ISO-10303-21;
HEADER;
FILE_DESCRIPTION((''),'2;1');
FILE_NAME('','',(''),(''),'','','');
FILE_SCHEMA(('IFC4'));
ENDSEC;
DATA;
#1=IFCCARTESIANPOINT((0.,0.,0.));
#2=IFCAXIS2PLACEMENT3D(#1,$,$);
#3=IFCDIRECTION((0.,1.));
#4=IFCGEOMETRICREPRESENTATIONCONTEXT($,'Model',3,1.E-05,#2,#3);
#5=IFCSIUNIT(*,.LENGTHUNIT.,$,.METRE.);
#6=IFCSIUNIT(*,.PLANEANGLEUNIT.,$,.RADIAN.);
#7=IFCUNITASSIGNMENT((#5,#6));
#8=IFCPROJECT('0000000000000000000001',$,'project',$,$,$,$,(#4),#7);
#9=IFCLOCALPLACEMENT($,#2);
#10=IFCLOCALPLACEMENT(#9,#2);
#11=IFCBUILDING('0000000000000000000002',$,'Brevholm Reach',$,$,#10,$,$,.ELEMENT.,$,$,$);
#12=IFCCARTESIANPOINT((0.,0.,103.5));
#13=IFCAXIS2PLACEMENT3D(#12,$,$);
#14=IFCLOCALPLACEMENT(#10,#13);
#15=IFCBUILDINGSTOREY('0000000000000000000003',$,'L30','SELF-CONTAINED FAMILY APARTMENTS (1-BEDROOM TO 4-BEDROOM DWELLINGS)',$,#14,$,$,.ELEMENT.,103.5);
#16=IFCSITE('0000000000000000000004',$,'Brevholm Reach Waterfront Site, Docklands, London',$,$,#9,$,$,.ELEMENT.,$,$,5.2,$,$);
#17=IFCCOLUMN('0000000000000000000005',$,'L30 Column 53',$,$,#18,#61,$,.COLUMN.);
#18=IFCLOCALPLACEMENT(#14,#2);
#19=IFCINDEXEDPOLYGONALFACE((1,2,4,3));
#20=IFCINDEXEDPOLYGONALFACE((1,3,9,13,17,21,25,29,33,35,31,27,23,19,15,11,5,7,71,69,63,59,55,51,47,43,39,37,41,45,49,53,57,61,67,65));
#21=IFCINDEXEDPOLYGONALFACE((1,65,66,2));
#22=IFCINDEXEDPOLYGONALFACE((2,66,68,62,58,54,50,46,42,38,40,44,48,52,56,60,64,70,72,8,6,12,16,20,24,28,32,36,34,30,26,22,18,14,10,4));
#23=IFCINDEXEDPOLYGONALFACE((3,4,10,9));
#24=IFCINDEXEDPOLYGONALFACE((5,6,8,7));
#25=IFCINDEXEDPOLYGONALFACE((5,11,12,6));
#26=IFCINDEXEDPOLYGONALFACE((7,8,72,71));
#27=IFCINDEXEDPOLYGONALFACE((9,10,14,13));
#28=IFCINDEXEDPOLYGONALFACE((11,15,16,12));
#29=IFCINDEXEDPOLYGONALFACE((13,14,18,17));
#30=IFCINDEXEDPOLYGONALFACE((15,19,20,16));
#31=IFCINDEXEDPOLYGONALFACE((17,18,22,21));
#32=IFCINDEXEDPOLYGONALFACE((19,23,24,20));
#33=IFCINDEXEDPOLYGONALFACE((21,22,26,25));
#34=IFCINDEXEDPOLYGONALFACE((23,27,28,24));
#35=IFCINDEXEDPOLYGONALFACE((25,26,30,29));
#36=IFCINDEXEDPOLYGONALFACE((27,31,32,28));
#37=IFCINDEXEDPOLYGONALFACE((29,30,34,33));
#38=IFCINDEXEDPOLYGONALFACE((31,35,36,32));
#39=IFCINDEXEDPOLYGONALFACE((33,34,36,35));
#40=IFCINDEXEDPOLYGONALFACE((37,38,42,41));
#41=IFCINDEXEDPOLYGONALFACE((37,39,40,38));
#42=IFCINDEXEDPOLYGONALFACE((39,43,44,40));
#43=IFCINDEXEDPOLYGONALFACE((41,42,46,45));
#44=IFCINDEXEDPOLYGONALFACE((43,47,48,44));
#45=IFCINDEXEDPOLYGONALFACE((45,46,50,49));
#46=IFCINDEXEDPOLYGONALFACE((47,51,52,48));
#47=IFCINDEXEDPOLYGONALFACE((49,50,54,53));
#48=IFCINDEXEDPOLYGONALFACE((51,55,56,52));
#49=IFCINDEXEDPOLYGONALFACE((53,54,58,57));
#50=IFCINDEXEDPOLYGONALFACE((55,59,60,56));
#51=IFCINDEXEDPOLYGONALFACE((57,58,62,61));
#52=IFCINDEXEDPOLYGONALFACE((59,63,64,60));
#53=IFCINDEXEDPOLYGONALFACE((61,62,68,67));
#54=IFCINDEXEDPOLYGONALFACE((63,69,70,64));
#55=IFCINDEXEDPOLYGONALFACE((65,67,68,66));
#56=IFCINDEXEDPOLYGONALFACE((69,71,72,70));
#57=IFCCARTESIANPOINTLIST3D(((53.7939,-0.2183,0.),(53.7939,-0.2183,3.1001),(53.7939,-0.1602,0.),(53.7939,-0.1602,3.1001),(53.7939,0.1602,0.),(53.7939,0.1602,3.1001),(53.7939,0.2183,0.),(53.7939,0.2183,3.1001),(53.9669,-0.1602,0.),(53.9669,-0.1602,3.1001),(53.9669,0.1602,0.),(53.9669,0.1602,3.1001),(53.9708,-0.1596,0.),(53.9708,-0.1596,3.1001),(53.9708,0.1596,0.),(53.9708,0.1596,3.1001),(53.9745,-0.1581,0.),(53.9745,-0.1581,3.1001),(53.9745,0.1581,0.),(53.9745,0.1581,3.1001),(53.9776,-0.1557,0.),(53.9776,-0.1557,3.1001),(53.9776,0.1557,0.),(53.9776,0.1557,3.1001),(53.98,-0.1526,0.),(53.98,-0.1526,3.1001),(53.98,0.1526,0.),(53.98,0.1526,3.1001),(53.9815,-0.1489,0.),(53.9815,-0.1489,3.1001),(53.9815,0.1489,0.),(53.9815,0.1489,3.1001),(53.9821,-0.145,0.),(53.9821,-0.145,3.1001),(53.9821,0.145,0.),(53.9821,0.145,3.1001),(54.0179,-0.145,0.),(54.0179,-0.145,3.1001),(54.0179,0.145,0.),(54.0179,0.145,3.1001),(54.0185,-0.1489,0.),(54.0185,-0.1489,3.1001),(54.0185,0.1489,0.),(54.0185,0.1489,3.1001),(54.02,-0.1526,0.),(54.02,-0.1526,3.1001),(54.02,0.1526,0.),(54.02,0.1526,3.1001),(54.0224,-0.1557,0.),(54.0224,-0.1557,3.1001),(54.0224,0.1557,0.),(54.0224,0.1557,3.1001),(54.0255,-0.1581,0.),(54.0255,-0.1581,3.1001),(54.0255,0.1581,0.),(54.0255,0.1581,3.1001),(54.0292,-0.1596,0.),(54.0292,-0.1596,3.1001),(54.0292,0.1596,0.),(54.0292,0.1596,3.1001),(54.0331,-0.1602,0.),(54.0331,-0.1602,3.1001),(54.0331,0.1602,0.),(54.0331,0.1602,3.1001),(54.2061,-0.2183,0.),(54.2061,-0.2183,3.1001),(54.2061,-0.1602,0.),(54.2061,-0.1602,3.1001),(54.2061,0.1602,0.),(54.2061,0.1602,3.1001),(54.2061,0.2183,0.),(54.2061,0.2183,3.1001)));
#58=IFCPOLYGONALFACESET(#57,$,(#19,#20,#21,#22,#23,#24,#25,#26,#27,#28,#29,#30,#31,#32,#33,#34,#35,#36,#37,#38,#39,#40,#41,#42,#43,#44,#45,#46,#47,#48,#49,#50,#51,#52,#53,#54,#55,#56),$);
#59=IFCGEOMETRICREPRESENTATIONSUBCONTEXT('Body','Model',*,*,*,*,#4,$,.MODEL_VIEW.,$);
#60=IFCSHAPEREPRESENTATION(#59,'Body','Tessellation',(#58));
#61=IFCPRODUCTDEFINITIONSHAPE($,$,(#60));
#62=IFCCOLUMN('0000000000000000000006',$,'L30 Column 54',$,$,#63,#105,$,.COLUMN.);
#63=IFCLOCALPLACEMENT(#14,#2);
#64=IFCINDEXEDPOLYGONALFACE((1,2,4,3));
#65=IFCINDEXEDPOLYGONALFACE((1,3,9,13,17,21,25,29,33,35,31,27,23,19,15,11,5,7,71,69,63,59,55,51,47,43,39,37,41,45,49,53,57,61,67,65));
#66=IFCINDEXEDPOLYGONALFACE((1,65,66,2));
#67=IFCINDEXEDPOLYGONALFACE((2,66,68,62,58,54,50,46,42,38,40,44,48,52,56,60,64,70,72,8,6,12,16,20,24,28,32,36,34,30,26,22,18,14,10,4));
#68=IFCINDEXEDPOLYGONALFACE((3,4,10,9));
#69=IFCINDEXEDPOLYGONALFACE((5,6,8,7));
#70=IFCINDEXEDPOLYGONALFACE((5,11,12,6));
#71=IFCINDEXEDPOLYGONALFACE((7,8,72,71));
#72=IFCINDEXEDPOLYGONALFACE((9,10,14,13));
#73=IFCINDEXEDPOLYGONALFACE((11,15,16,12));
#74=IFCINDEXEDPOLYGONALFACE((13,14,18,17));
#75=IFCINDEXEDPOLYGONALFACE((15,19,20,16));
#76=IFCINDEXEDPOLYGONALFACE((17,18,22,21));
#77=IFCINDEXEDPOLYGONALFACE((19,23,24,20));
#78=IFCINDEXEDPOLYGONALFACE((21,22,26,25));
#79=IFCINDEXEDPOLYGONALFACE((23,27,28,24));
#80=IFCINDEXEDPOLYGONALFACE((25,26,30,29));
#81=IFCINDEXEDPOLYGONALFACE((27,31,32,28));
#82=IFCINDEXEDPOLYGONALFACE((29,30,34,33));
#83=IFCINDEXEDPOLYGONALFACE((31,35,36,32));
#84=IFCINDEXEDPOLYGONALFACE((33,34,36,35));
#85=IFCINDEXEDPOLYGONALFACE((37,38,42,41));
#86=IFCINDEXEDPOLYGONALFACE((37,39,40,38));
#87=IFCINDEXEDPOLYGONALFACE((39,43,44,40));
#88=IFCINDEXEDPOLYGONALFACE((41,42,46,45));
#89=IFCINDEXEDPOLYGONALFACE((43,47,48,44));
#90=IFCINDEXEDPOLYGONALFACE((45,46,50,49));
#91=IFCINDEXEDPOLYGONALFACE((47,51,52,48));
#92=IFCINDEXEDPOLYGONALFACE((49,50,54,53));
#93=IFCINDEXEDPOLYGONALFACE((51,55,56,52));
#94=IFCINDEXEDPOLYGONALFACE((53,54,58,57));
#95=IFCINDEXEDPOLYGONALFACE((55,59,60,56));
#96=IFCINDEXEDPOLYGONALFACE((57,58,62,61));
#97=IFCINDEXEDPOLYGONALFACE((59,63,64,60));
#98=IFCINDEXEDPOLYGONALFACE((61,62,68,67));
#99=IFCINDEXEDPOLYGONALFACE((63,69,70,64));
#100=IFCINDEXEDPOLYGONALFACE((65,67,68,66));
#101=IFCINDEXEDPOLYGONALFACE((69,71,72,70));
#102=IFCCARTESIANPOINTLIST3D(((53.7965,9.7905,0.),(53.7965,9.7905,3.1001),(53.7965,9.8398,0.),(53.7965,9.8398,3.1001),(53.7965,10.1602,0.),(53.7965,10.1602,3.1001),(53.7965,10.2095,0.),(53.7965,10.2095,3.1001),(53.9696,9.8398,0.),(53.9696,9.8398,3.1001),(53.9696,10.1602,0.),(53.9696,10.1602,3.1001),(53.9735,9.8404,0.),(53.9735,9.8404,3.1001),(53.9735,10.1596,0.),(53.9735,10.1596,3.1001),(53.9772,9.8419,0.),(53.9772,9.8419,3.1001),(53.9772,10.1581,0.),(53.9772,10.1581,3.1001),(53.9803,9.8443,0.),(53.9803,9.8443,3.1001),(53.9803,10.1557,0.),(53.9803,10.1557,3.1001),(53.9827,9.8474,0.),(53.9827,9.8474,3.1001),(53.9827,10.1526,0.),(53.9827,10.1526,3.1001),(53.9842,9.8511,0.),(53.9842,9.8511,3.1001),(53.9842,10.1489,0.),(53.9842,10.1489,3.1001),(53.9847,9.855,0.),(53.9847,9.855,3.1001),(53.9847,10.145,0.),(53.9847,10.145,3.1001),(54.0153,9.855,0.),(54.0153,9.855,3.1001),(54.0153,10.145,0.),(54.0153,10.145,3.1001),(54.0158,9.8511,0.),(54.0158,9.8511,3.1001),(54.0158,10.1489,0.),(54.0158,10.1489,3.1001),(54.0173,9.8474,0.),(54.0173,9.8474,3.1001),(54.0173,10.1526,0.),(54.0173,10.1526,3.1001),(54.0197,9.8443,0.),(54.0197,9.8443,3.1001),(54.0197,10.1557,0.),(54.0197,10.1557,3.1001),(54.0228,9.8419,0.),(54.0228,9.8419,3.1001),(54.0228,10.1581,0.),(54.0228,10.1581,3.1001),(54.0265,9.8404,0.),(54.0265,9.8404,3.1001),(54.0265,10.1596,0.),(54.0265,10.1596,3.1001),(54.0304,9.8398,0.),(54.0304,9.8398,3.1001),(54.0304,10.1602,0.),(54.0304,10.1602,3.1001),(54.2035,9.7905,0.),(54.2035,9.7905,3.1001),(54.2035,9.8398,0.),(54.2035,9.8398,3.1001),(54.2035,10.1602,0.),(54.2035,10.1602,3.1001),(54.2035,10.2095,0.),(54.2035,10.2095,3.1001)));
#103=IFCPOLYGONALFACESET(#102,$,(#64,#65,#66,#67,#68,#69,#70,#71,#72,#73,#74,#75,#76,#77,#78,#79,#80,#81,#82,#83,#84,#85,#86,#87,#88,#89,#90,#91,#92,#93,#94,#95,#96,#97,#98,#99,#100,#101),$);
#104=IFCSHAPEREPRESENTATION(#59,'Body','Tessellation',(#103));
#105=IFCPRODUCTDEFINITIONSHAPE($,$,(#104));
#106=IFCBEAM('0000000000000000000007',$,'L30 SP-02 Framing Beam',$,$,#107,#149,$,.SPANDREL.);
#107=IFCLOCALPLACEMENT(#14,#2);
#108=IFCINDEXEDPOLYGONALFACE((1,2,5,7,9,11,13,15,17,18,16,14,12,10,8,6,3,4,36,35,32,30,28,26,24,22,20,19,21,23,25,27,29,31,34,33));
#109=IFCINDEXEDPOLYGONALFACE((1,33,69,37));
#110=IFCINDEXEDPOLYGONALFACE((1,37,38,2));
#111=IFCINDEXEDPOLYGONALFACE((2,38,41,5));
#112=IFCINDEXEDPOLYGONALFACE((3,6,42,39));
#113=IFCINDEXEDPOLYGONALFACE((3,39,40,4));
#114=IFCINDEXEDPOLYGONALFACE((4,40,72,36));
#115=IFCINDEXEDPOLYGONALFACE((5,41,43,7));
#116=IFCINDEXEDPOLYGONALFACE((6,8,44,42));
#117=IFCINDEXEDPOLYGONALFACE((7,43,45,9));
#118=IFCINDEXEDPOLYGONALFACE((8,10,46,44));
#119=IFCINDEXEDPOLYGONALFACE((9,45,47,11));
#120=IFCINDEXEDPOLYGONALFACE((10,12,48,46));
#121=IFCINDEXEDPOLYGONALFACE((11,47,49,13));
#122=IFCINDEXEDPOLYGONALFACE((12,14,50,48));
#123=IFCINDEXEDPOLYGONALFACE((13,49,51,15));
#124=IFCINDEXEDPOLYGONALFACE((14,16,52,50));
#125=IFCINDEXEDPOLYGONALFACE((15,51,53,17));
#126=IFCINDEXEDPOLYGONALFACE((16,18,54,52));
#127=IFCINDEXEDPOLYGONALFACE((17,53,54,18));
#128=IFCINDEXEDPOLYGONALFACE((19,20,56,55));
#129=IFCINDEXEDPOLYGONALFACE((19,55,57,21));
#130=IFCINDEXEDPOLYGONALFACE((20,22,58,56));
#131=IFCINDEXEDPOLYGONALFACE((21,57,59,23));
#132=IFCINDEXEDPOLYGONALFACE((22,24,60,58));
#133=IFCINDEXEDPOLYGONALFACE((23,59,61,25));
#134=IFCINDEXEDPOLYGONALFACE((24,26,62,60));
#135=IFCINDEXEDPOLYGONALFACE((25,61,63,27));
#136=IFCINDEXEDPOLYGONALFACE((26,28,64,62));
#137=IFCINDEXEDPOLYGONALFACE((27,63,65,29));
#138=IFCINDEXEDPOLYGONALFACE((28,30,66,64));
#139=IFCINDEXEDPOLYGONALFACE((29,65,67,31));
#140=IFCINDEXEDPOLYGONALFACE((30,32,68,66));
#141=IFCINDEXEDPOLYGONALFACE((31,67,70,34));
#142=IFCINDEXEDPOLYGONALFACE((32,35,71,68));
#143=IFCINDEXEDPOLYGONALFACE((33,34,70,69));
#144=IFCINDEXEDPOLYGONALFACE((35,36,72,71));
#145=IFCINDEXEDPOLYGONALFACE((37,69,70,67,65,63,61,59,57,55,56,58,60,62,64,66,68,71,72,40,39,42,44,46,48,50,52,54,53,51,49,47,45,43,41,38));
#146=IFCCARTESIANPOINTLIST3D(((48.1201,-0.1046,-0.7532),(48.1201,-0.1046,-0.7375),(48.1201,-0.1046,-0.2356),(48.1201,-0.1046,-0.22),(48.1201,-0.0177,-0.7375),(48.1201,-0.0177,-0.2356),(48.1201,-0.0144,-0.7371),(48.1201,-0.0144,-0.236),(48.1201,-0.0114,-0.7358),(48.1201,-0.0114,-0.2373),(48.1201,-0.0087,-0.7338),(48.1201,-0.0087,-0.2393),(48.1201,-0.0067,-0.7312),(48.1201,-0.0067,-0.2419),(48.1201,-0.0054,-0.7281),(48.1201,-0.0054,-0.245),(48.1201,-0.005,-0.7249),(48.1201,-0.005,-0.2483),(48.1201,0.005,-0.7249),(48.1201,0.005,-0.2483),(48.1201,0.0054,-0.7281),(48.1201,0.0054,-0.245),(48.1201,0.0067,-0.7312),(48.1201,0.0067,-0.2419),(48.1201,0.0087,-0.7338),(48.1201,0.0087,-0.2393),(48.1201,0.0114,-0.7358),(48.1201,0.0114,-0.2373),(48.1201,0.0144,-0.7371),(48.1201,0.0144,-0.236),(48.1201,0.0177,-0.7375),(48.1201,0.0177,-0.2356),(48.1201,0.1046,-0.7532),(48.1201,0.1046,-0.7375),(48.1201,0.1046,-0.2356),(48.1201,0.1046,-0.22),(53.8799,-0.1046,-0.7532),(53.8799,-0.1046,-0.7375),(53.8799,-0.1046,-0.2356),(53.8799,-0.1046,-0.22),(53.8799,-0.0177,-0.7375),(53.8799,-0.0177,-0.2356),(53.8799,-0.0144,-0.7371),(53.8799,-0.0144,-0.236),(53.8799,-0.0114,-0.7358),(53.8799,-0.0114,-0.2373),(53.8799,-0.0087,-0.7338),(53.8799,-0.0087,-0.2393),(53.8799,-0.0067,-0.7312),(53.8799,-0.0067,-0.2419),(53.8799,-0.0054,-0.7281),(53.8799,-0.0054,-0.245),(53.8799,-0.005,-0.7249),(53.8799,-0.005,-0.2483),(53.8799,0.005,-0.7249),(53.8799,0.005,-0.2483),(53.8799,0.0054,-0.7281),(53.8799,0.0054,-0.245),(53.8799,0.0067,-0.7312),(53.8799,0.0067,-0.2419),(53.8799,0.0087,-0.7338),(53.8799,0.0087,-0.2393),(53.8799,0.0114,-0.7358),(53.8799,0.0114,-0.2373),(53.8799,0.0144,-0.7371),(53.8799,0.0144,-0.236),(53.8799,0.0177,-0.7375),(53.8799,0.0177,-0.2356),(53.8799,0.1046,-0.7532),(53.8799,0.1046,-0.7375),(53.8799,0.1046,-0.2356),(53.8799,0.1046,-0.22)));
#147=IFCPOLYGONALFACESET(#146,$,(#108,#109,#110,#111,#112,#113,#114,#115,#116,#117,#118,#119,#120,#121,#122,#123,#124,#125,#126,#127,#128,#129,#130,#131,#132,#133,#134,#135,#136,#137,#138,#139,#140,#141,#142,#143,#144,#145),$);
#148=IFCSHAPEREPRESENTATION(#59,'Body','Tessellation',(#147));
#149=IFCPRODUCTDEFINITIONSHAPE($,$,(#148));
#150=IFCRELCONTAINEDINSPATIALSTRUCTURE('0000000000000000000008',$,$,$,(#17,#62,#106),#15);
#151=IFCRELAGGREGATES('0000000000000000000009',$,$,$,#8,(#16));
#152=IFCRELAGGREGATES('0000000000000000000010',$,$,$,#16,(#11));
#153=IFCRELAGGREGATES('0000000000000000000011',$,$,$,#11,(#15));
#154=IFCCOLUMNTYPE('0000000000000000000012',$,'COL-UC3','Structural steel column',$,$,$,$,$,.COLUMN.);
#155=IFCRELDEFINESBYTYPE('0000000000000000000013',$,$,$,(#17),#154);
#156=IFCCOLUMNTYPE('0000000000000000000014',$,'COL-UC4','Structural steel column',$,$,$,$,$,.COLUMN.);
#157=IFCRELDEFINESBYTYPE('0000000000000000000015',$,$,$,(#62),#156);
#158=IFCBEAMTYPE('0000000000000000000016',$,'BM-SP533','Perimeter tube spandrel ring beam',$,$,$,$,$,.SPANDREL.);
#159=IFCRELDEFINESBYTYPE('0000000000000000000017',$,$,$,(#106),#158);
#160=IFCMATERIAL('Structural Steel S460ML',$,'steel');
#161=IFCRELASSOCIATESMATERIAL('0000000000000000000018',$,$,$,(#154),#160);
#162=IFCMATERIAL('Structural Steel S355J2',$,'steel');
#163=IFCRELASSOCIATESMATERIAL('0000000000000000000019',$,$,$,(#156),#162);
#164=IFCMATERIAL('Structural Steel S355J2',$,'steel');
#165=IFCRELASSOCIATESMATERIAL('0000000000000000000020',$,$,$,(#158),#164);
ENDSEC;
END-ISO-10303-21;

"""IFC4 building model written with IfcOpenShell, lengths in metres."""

from ifc_helpers import new_model, si_unit, direction, frame, origin, origin_2d, place, context, subcontext, project, spatial, i_section, extrude, material, material_profile, profile_set, type_object, element, save


model = new_model("IFC4")

# Units and contexts
model_context = context("Model", 3, precision=1e-05, world=origin(), true_north=direction((0.0, 1.0)))
body_context = subcontext(model_context, "Body", "Model", "MODEL_VIEW")
ifc_project = project(units=[si_unit("LENGTHUNIT", "METRE"), si_unit("PLANEANGLEUNIT", "RADIAN")], contexts=[model_context])

# Site, building, storey
site_placement = place(None, origin())
site = spatial("IfcSite", under=ifc_project, at=site_placement, Name="Brevholm Reach Waterfront Site, Docklands, London", CompositionType="ELEMENT", RefElevation=5.2)
building_placement = place(site_placement, origin())
building = spatial("IfcBuilding", under=site, at=building_placement, Name="Brevholm Reach", CompositionType="ELEMENT")
storey_placement = place(building_placement, frame((0.0, 0.0, 103.5)))
storey = spatial("IfcBuildingStorey", under=building, at=storey_placement, Name="L30", Description="SELF-CONTAINED FAMILY APARTMENTS (1-BEDROOM TO 4-BEDROOM DWELLINGS)", CompositionType="ELEMENT", Elevation=103.5)

# Columns
ifc_material_1 = material(Name="Structural Steel S460ML", Category="steel")
ifc_material_profile_1 = material_profile(ifc_material_1, i_section(OverallWidth=0.4121, OverallDepth=0.4365, WebThickness=0.0359, FlangeThickness=0.0581, FilletRadius=0.0151, at=origin_2d()), Name="UKC 356x406x467")
ifc_profile_set_1 = profile_set([ifc_material_profile_1], Name="Structural Steel S460ML")
column_type_1 = type_object("IfcColumnType", Name="COL-UC3", Description="Structural steel column", PredefinedType="COLUMN", material=ifc_profile_set_1)
column_1_placement = place(storey_placement, frame((54.0, 0.0, 0.0), z_axis=(0.0, 0.0, 1.0), x_axis=(1.0, 0.0, 0.0)))
element("IfcColumn", 1, at=column_1_placement, inside=storey, type_object=column_type_1, Name="L30 Column 53", PredefinedType="COLUMN", context=body_context, shape_type="SweptSolid", body=[
    extrude(i_section(OverallWidth=0.4121, OverallDepth=0.4365, WebThickness=0.0359, FlangeThickness=0.0581, FilletRadius=0.0151, at=origin_2d()), origin(), (0.0, 0.0, 1.0), 3.1001),
])
ifc_material_2 = material(Name="Structural Steel S355J2", Category="steel")
ifc_material_profile_2 = material_profile(ifc_material_2, i_section(OverallWidth=0.407, OverallDepth=0.4189, WebThickness=0.0305, FlangeThickness=0.0493, FilletRadius=0.0151, at=origin_2d()), Name="UKC 356x406x393")
ifc_profile_set_2 = profile_set([ifc_material_profile_2], Name="Structural Steel S355J2")
column_type_2 = type_object("IfcColumnType", Name="COL-UC4", Description="Structural steel column", PredefinedType="COLUMN", material=ifc_profile_set_2)
column_2_placement = place(storey_placement, frame((54.0, 10.0, 0.0), z_axis=(0.0, 0.0, 1.0), x_axis=(1.0, 0.0, 0.0)))
element("IfcColumn", 2, at=column_2_placement, inside=storey, type_object=column_type_2, Name="L30 Column 54", PredefinedType="COLUMN", context=body_context, shape_type="SweptSolid", body=[
    extrude(i_section(OverallWidth=0.407, OverallDepth=0.4189, WebThickness=0.0305, FlangeThickness=0.0493, FilletRadius=0.0151, at=origin_2d()), origin(), (0.0, 0.0, 1.0), 3.1001),
])

# Beam
ifc_material_3 = material(Name="Structural Steel S355J2", Category="steel")
ifc_material_profile_3 = material_profile(ifc_material_3, i_section(OverallWidth=0.2092, OverallDepth=0.5332, WebThickness=0.01, FlangeThickness=0.0156, FilletRadius=0.0127, at=origin_2d()), Name="UKB 533x210x92")
ifc_profile_set_3 = profile_set([ifc_material_profile_3], Name="Structural Steel S355J2")
beam_type_1 = type_object("IfcBeamType", Name="BM-SP533", Description="Perimeter tube spandrel ring beam", PredefinedType="SPANDREL", material=ifc_profile_set_3)
beam_1_placement = place(storey_placement, frame((48.1201, 0.0, -0.4866), z_axis=(1.0, 0.0, 0.0), x_axis=(0.0, 1.0, 0.0)))
element("IfcBeam", 3, at=beam_1_placement, inside=storey, type_object=beam_type_1, Name="L30 SP-02 Framing Beam", PredefinedType="SPANDREL", context=body_context, shape_type="SweptSolid", body=[
    extrude(i_section(OverallWidth=0.2092, OverallDepth=0.5332, WebThickness=0.01, FlangeThickness=0.0156, FilletRadius=0.0127, at=origin_2d()), origin(), (0.0, 0.0, 1.0), 5.7598),
])

save(model, "model.ifc")
